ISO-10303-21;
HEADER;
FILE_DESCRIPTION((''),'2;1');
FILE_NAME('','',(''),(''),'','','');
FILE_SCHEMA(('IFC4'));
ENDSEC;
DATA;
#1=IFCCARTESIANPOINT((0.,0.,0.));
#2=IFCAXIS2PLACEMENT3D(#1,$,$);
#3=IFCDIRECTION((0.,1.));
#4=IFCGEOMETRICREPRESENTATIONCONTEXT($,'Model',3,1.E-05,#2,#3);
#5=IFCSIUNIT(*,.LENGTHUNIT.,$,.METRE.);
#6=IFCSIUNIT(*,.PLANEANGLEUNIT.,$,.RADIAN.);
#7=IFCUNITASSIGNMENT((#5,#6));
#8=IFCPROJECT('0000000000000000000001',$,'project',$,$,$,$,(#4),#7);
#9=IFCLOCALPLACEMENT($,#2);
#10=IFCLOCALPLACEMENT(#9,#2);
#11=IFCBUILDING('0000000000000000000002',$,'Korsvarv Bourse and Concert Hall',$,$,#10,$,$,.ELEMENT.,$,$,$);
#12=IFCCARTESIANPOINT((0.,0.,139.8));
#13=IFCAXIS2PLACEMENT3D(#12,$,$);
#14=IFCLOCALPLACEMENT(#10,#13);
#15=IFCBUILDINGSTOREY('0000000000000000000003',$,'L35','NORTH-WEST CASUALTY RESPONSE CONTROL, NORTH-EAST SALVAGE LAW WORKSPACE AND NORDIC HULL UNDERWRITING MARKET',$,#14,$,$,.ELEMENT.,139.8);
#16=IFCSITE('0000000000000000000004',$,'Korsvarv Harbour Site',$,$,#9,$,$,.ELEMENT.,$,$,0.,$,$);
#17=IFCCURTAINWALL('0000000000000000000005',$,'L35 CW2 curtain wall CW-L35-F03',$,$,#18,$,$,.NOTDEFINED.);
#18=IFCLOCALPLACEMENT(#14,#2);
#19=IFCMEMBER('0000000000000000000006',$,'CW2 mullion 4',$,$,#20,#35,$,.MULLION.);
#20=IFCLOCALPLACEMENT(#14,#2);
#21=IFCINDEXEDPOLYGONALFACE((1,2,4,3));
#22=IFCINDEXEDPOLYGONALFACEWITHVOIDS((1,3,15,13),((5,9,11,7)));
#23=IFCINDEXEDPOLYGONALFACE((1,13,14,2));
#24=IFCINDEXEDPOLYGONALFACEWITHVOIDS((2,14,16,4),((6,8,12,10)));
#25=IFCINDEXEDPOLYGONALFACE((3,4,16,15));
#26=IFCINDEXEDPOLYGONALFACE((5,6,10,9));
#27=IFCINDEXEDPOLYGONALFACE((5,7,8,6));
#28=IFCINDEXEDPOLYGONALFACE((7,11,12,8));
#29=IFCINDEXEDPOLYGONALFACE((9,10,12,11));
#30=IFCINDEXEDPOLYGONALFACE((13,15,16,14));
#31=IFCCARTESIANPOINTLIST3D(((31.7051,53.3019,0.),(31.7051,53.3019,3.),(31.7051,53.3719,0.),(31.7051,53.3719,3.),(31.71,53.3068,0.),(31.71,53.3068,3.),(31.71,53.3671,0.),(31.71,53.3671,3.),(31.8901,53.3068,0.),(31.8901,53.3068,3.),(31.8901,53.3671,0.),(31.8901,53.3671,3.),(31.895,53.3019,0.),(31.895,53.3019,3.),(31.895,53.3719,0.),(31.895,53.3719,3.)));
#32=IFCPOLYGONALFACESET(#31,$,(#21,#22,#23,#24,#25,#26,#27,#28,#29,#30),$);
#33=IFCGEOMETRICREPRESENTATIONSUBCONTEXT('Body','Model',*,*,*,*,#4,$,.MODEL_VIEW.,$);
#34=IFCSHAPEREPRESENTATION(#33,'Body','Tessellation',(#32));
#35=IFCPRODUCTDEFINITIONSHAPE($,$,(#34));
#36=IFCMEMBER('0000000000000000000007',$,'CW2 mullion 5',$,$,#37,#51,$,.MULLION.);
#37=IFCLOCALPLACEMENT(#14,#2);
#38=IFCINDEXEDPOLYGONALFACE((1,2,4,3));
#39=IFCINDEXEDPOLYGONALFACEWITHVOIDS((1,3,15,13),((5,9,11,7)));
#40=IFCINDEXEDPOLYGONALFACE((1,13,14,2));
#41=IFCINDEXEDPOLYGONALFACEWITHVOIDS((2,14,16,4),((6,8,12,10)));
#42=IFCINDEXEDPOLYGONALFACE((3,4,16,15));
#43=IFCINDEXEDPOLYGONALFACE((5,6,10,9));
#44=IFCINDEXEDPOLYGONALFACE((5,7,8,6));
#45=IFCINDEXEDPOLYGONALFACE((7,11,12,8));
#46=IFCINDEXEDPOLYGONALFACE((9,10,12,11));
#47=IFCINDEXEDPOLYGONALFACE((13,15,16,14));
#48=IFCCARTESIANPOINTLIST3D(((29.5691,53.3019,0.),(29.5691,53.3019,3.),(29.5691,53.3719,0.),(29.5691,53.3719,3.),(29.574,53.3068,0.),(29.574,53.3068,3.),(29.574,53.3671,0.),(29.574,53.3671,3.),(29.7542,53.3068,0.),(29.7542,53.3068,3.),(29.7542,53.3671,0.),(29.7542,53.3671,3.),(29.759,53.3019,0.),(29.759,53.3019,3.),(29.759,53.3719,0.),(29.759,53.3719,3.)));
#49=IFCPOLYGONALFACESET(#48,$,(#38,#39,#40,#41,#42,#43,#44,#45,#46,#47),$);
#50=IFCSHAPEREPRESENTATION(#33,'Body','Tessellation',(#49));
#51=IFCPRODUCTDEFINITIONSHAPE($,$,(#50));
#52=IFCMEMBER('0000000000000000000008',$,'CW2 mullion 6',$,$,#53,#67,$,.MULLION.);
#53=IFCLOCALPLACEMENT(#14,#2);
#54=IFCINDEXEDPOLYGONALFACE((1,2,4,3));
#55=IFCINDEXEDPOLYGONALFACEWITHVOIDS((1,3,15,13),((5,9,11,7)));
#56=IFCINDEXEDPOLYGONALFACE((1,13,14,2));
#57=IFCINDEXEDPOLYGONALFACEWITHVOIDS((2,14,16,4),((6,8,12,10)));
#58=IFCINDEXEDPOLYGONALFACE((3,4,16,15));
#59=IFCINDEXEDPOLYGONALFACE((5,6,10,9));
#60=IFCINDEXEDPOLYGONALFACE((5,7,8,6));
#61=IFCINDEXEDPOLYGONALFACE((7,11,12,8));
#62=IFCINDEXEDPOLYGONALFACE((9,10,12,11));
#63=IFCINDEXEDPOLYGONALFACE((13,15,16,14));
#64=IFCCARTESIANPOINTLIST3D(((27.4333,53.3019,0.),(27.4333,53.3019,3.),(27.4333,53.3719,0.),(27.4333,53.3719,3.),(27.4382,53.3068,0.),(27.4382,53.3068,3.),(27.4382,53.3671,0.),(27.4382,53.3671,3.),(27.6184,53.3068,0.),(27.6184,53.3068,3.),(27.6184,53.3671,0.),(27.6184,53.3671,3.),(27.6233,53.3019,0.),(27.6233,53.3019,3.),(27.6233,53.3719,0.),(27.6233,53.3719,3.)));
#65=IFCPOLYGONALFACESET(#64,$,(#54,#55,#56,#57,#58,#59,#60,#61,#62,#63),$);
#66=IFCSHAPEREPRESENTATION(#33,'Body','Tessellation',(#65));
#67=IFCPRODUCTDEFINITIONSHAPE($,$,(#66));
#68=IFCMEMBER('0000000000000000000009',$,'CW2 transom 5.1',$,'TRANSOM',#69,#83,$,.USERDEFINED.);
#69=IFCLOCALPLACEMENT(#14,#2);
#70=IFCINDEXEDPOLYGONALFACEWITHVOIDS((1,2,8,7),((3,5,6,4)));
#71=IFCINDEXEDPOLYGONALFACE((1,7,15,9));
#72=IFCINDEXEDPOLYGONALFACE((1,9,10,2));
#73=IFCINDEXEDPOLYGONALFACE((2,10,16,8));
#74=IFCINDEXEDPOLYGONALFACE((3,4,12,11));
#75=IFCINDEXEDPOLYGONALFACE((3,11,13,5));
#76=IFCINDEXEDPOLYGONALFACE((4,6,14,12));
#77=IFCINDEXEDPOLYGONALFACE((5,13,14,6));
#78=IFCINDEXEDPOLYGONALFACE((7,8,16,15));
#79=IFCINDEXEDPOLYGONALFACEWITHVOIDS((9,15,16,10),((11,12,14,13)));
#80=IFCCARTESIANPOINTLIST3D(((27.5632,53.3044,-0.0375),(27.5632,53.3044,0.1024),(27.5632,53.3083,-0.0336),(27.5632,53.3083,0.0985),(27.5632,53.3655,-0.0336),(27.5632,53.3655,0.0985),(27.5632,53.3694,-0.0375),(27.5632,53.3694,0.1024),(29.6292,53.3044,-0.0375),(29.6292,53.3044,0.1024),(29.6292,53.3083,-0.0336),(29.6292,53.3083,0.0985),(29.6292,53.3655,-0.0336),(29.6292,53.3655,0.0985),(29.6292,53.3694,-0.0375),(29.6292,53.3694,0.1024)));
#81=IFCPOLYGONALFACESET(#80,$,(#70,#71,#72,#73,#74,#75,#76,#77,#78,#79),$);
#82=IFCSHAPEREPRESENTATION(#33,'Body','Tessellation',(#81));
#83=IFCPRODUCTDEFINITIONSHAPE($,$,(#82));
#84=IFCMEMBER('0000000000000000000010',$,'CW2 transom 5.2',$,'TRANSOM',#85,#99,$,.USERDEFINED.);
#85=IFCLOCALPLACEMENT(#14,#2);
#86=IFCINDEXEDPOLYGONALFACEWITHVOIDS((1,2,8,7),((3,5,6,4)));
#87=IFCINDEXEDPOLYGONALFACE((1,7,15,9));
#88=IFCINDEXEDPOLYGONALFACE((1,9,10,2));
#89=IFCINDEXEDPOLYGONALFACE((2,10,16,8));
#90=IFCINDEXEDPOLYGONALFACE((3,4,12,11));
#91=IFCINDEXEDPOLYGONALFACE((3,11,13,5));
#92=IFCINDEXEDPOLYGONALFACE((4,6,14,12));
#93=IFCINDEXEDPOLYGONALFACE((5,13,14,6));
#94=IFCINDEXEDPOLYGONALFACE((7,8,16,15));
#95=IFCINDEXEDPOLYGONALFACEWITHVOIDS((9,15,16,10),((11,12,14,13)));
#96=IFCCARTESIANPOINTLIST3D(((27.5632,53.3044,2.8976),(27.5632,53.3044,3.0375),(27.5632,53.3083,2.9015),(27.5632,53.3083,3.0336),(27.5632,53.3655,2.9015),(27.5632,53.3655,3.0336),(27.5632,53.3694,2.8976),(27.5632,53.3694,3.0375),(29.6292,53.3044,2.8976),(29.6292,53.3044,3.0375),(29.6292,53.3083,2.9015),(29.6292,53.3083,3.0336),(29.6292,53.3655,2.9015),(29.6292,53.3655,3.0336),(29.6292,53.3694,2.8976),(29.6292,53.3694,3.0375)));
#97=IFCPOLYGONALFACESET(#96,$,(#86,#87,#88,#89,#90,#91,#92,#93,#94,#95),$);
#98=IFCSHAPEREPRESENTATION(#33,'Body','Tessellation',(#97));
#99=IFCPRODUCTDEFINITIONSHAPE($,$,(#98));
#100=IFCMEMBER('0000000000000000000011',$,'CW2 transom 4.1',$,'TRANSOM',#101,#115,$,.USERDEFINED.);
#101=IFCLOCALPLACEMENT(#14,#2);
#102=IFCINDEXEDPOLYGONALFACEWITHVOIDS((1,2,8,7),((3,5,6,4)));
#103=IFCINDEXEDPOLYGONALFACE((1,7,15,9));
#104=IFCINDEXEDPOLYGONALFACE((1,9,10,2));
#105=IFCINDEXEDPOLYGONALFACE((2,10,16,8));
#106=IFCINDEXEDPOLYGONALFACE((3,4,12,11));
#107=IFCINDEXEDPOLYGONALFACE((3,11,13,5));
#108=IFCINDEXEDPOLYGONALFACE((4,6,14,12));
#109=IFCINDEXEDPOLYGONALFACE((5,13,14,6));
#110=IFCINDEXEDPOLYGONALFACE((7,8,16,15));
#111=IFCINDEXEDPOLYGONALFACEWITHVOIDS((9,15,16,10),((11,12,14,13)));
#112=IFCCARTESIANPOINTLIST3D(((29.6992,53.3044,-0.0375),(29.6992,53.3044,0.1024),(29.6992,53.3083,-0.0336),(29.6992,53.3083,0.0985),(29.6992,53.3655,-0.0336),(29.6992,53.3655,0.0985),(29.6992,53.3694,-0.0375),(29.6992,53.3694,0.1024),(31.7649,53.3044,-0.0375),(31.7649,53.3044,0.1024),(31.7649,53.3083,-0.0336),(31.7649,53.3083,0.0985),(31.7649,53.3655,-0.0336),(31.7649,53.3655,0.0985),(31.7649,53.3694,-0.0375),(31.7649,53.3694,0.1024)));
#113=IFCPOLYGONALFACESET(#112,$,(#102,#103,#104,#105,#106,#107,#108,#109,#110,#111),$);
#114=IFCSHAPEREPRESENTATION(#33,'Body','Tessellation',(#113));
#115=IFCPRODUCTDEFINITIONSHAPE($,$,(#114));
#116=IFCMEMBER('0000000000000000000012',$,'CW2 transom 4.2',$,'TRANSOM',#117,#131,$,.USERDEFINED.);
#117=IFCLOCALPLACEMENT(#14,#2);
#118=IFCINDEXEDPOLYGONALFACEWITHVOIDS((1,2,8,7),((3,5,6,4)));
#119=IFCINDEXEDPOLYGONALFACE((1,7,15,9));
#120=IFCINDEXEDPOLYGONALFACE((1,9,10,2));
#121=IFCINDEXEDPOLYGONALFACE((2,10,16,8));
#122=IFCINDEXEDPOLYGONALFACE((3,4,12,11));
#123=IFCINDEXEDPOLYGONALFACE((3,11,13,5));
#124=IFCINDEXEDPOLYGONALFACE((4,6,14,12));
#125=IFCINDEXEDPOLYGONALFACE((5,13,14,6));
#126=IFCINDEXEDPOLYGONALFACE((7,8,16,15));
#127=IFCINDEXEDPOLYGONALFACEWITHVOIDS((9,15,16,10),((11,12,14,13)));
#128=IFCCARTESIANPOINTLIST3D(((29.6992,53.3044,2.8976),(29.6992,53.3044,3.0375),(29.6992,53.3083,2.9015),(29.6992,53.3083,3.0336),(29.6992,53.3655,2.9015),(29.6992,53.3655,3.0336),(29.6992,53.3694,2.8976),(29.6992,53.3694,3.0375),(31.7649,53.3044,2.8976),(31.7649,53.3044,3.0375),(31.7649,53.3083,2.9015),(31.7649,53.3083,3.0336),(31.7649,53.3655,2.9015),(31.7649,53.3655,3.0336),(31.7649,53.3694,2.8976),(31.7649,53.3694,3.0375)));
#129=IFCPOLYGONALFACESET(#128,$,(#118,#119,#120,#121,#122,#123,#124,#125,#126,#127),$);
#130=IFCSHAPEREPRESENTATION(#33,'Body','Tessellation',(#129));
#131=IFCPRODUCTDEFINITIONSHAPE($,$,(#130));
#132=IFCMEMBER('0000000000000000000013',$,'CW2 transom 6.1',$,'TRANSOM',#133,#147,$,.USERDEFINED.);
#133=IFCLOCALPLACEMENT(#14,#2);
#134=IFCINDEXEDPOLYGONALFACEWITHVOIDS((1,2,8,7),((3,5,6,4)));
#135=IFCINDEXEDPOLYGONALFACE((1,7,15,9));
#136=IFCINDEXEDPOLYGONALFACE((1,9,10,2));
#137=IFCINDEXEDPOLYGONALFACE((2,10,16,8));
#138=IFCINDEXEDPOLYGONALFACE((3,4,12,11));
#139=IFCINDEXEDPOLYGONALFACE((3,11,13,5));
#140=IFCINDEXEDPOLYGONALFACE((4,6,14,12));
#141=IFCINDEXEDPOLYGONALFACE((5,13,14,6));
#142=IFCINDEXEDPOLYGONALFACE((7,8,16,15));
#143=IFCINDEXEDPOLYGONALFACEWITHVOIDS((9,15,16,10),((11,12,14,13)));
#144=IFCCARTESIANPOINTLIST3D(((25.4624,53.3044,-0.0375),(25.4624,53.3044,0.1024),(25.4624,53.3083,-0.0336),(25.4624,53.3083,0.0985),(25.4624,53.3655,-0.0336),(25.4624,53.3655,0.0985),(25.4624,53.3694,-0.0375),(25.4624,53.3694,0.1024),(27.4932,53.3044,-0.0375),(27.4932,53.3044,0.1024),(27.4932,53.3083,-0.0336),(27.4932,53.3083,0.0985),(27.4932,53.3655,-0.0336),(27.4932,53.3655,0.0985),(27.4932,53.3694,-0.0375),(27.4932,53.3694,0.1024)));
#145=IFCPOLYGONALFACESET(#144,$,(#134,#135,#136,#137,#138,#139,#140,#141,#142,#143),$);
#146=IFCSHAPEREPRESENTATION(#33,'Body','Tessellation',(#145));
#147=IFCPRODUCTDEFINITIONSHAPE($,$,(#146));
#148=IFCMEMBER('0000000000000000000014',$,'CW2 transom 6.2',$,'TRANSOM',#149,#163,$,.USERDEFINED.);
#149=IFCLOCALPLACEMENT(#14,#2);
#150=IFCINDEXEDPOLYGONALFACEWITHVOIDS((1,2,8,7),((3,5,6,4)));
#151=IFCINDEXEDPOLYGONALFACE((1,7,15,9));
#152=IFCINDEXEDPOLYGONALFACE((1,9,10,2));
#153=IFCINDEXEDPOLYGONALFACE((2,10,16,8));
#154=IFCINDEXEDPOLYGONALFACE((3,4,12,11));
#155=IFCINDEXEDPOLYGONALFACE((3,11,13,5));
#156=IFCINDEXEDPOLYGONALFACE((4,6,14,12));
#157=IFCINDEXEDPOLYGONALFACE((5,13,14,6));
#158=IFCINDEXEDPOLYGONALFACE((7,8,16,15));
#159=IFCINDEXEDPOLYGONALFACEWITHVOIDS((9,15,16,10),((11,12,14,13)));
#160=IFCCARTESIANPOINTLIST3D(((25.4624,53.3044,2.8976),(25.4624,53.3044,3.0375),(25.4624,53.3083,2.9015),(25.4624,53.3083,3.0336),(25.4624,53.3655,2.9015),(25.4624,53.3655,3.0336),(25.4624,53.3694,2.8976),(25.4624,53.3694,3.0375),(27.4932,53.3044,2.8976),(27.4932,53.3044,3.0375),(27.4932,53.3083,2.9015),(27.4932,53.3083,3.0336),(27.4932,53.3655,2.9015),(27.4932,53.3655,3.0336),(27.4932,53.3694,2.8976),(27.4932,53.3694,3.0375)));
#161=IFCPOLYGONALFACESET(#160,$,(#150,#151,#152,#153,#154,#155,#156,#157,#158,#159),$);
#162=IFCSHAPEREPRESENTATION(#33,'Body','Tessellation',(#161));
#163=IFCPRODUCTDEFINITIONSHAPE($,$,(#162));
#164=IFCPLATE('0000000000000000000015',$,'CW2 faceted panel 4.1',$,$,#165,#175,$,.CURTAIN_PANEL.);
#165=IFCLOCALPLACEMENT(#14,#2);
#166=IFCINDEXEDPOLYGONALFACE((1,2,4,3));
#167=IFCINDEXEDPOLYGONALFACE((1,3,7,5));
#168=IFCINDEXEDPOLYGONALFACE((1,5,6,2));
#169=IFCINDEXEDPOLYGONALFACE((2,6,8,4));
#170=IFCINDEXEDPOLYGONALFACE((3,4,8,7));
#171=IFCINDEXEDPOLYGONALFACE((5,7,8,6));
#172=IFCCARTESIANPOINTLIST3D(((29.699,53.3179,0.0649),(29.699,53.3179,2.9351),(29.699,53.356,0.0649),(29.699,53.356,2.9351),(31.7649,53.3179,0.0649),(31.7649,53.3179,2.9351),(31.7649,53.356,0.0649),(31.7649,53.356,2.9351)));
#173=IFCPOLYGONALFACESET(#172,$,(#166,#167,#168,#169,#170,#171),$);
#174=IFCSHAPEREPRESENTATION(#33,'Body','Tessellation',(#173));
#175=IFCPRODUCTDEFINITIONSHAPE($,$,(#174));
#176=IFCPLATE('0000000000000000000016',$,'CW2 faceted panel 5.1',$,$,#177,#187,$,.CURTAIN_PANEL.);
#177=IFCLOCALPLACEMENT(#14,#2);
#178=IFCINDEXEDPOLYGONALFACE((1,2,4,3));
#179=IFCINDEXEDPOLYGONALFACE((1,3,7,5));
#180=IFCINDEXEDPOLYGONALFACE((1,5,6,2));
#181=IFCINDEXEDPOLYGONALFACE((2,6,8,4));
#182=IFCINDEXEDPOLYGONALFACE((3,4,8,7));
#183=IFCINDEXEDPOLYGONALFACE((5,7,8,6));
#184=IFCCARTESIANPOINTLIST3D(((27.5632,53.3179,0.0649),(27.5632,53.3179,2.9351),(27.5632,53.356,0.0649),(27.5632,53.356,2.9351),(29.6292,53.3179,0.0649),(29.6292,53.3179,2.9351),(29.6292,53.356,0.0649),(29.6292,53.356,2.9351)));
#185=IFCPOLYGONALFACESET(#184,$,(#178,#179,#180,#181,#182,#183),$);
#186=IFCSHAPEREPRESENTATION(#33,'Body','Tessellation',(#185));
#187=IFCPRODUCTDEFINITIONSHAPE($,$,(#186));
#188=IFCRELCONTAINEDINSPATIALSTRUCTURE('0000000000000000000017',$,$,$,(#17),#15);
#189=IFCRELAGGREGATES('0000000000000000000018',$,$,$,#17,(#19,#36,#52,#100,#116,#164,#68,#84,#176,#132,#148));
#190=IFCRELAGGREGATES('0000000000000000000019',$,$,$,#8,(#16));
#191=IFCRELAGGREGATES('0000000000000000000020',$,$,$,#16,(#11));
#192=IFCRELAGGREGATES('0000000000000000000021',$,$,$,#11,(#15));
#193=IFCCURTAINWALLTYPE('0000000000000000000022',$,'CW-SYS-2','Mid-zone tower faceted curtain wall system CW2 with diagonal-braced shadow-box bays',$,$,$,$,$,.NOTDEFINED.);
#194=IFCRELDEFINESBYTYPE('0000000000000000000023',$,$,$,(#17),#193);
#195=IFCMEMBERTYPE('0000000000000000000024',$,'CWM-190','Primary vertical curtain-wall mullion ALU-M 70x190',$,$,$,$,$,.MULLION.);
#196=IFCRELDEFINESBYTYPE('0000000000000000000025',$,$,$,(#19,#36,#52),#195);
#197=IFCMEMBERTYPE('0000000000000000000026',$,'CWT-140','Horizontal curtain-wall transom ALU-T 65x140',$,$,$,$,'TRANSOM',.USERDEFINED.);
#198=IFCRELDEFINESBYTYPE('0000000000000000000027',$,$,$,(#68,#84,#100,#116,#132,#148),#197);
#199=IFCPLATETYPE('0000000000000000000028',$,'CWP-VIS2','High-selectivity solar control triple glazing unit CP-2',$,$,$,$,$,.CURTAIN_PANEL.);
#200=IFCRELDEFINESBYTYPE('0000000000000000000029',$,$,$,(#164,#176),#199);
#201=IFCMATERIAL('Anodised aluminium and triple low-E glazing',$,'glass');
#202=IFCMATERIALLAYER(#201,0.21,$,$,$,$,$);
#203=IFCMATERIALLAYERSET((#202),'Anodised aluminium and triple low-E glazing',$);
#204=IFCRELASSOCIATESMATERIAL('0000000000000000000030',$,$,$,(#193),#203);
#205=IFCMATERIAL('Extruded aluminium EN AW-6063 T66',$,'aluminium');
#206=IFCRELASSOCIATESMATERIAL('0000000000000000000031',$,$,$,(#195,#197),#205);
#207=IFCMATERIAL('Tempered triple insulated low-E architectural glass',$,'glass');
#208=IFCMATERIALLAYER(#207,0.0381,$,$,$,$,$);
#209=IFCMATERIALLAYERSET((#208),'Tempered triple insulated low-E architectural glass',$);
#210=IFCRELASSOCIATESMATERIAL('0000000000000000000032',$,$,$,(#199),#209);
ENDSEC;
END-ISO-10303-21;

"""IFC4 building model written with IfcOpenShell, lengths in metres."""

from ifc_helpers import new_model, si_unit, direction, frame, origin, origin_2d, place, context, subcontext, project, spatial, rectangle, hollow_rectangle, extrude, source, transform, mapped, material, layer, layer_set, material_profile, profile_set, type_object, element, aggregate, save


model = new_model("IFC4")

# Units and contexts
model_context = context("Model", 3, precision=1e-05, world=origin(), true_north=direction((0.0, 1.0)))
body_context = subcontext(model_context, "Body", "Model", "MODEL_VIEW")
ifc_project = project(units=[si_unit("LENGTHUNIT", "METRE"), si_unit("PLANEANGLEUNIT", "RADIAN")], contexts=[model_context])

# Site, building, storey
site_placement = place(None, origin())
site = spatial("IfcSite", under=ifc_project, at=site_placement, Name="Korsvarv Harbour Site", CompositionType="ELEMENT", RefElevation=0.0)
building_placement = place(site_placement, origin())
building = spatial("IfcBuilding", under=site, at=building_placement, Name="Korsvarv Bourse and Concert Hall", CompositionType="ELEMENT")
storey_placement = place(building_placement, frame((0.0, 0.0, 139.8)))
storey = spatial("IfcBuildingStorey", under=building, at=storey_placement, Name="L35", Description="NORTH-WEST CASUALTY RESPONSE CONTROL, NORTH-EAST SALVAGE LAW WORKSPACE AND NORDIC HULL UNDERWRITING MARKET", CompositionType="ELEMENT", Elevation=139.8)

# Curtain wall, members, plates
ifc_material_1 = material(Name="Anodised aluminium and triple low-E glazing", Category="glass")
ifc_layer_1 = layer(ifc_material_1, 0.21)
ifc_layer_set_1 = layer_set([ifc_layer_1], Name="Anodised aluminium and triple low-E glazing")
curtain_wall_type = type_object("IfcCurtainWallType", Name="CW-SYS-2", Description="Mid-zone tower faceted curtain wall system CW2 with diagonal-braced shadow-box bays", PredefinedType="NOTDEFINED", material=ifc_layer_set_1)
curtain_wall_placement = place(storey_placement, origin())
curtain_wall = element("IfcCurtainWall", 1, at=curtain_wall_placement, inside=storey, type_object=curtain_wall_type, Name="L35 CW2 curtain wall CW-L35-F03", PredefinedType="NOTDEFINED")
ifc_material_2 = material(Name="Extruded aluminium EN AW-6063 T66", Category="aluminium")
ifc_material_profile_1 = material_profile(ifc_material_2, hollow_rectangle(XDim=0.0701, YDim=0.1899, WallThickness=0.0049, at=origin_2d()), Name="ALU-M 70x190")
ifc_profile_set_1 = profile_set([ifc_material_profile_1], Name="Extruded aluminium EN AW-6063 T66")
member_type_1 = type_object("IfcMemberType", Name="CWM-190", Description="Primary vertical curtain-wall mullion ALU-M 70x190", PredefinedType="MULLION", material=ifc_profile_set_1)
shared_shape_1 = source(origin(), body_context, "Body", "SweptSolid", [
    extrude(hollow_rectangle(XDim=0.0701, YDim=0.1899, WallThickness=0.0049, at=origin_2d()), origin(), (0.0, 0.0, 1.0), 3.0),
])
member_1_placement = place(storey_placement, frame((31.8, 53.3369, 0.0), z_axis=(0.0, 0.0, 1.0), x_axis=(0.0, -1.0, 0.0)))
member_1 = element("IfcMember", 2, at=member_1_placement, type_object=member_type_1, Name="CW2 mullion 4", PredefinedType="MULLION", context=body_context, shape_type="MappedRepresentation", body=[
    mapped(shared_shape_1, transform((0.0, 0.0, 0.0), scale=1.0)),
])
member_2_placement = place(storey_placement, frame((29.6641, 53.3369, 0.0), z_axis=(0.0, 0.0, 1.0), x_axis=(0.0, -1.0, 0.0)))
member_2 = element("IfcMember", 3, at=member_2_placement, type_object=member_type_1, Name="CW2 mullion 5", PredefinedType="MULLION", context=body_context, shape_type="MappedRepresentation", body=[
    mapped(shared_shape_1, transform((0.0, 0.0, 0.0), scale=1.0)),
])
member_3_placement = place(storey_placement, frame((27.5283, 53.3369, 0.0), z_axis=(0.0, 0.0, 1.0), x_axis=(0.0, -1.0, 0.0)))
member_3 = element("IfcMember", 4, at=member_3_placement, type_object=member_type_1, Name="CW2 mullion 6", PredefinedType="MULLION", context=body_context, shape_type="MappedRepresentation", body=[
    mapped(shared_shape_1, transform((0.0, 0.0, 0.0), scale=1.0)),
])
ifc_material_profile_2 = material_profile(ifc_material_2, hollow_rectangle(XDim=0.0649, YDim=0.1399, WallThickness=0.0039, at=origin_2d()), Name="ALU-T 65x140")
ifc_profile_set_2 = profile_set([ifc_material_profile_2], Name="Extruded aluminium EN AW-6063 T66")
member_type_2 = type_object("IfcMemberType", Name="CWT-140", Description="Horizontal curtain-wall transom ALU-T 65x140", ElementType="TRANSOM", PredefinedType="USERDEFINED", material=ifc_profile_set_2)
shared_shape_2 = source(origin(), body_context, "Body", "SweptSolid", [
    extrude(hollow_rectangle(XDim=0.0649, YDim=0.1399, WallThickness=0.0039, at=origin_2d()), origin(), (0.0, 0.0, 1.0), 2.0659),
])
member_4_placement = place(storey_placement, frame((29.6292, 53.3369, 0.0325), z_axis=(-1.0, 0.0, 0.0), x_axis=(0.0, -1.0, 0.0)))
member_4 = element("IfcMember", 5, at=member_4_placement, type_object=member_type_2, Name="CW2 transom 5.1", ObjectType="TRANSOM", PredefinedType="USERDEFINED", context=body_context, shape_type="MappedRepresentation", body=[
    mapped(shared_shape_2, transform((0.0, 0.0, 0.0), scale=1.0)),
])
member_5_placement = place(storey_placement, frame((29.6292, 53.3369, 2.9675), z_axis=(-1.0, 0.0, 0.0), x_axis=(0.0, -1.0, 0.0)))
member_5 = element("IfcMember", 6, at=member_5_placement, type_object=member_type_2, Name="CW2 transom 5.2", ObjectType="TRANSOM", PredefinedType="USERDEFINED", context=body_context, shape_type="MappedRepresentation", body=[
    mapped(shared_shape_2, transform((0.0, 0.0, 0.0), scale=1.0)),
])
shared_shape_3 = source(origin(), body_context, "Body", "SweptSolid", [
    extrude(hollow_rectangle(XDim=0.0649, YDim=0.1399, WallThickness=0.0039, at=origin_2d()), origin(), (0.0, 0.0, 1.0), 2.0657),
])
member_6_placement = place(storey_placement, frame((31.7649, 53.3369, 0.0325), z_axis=(-1.0, 0.0, 0.0), x_axis=(0.0, -1.0, 0.0)))
member_6 = element("IfcMember", 7, at=member_6_placement, type_object=member_type_2, Name="CW2 transom 4.1", ObjectType="TRANSOM", PredefinedType="USERDEFINED", context=body_context, shape_type="MappedRepresentation", body=[
    mapped(shared_shape_3, transform((0.0, 0.0, 0.0), scale=1.0)),
])
member_7_placement = place(storey_placement, frame((31.7649, 53.3369, 2.9675), z_axis=(-1.0, 0.0, 0.0), x_axis=(0.0, -1.0, 0.0)))
member_7 = element("IfcMember", 8, at=member_7_placement, type_object=member_type_2, Name="CW2 transom 4.2", ObjectType="TRANSOM", PredefinedType="USERDEFINED", context=body_context, shape_type="MappedRepresentation", body=[
    mapped(shared_shape_3, transform((0.0, 0.0, 0.0), scale=1.0)),
])
shared_shape_4 = source(origin(), body_context, "Body", "SweptSolid", [
    extrude(hollow_rectangle(XDim=0.0649, YDim=0.1399, WallThickness=0.0039, at=origin_2d()), origin(), (0.0, 0.0, 1.0), 2.0308),
])
member_8_placement = place(storey_placement, frame((27.4932, 53.3369, 0.0325), z_axis=(-1.0, 0.0, 0.0), x_axis=(0.0, -1.0, 0.0)))
member_8 = element("IfcMember", 9, at=member_8_placement, type_object=member_type_2, Name="CW2 transom 6.1", ObjectType="TRANSOM", PredefinedType="USERDEFINED", context=body_context, shape_type="MappedRepresentation", body=[
    mapped(shared_shape_4, transform((0.0, 0.0, 0.0), scale=1.0)),
])
member_9_placement = place(storey_placement, frame((27.4932, 53.3369, 2.9675), z_axis=(-1.0, 0.0, 0.0), x_axis=(0.0, -1.0, 0.0)))
member_9 = element("IfcMember", 10, at=member_9_placement, type_object=member_type_2, Name="CW2 transom 6.2", ObjectType="TRANSOM", PredefinedType="USERDEFINED", context=body_context, shape_type="MappedRepresentation", body=[
    mapped(shared_shape_4, transform((0.0, 0.0, 0.0), scale=1.0)),
])
ifc_material_3 = material(Name="Tempered triple insulated low-E architectural glass", Category="glass")
ifc_layer_2 = layer(ifc_material_3, 0.0381)
ifc_layer_set_2 = layer_set([ifc_layer_2], Name="Tempered triple insulated low-E architectural glass")
plate_type = type_object("IfcPlateType", Name="CWP-VIS2", Description="High-selectivity solar control triple glazing unit CP-2", PredefinedType="CURTAIN_PANEL", material=ifc_layer_set_2)
shared_shape_5 = source(origin(), body_context, "Body", "SweptSolid", [
    extrude(rectangle(XDim=2.0659, YDim=0.0381, at=origin_2d()), origin(), (0.0, 0.0, 1.0), 2.8701),
])
plate_1_placement = place(storey_placement, frame((30.7319, 53.3369, 0.0649), z_axis=(0.0, 0.0, 1.0), x_axis=(-1.0, 0.0, 0.0)))
plate_1 = element("IfcPlate", 11, at=plate_1_placement, type_object=plate_type, Name="CW2 faceted panel 4.1", PredefinedType="CURTAIN_PANEL", context=body_context, shape_type="MappedRepresentation", body=[
    mapped(shared_shape_5, transform((0.0, 0.0, 0.0), scale=1.0)),
])
plate_2_placement = place(storey_placement, frame((28.5962, 53.3369, 0.0649), z_axis=(0.0, 0.0, 1.0), x_axis=(-1.0, 0.0, 0.0)))
plate_2 = element("IfcPlate", 12, at=plate_2_placement, type_object=plate_type, Name="CW2 faceted panel 5.1", PredefinedType="CURTAIN_PANEL", context=body_context, shape_type="MappedRepresentation", body=[
    mapped(shared_shape_5, transform((0.0, 0.0, 0.0), scale=1.0)),
])
aggregate(curtain_wall, [member_1, member_2, member_3, member_6, member_7, plate_1, member_4, member_5, plate_2, member_8, member_9])

save(model, "model.ifc")
